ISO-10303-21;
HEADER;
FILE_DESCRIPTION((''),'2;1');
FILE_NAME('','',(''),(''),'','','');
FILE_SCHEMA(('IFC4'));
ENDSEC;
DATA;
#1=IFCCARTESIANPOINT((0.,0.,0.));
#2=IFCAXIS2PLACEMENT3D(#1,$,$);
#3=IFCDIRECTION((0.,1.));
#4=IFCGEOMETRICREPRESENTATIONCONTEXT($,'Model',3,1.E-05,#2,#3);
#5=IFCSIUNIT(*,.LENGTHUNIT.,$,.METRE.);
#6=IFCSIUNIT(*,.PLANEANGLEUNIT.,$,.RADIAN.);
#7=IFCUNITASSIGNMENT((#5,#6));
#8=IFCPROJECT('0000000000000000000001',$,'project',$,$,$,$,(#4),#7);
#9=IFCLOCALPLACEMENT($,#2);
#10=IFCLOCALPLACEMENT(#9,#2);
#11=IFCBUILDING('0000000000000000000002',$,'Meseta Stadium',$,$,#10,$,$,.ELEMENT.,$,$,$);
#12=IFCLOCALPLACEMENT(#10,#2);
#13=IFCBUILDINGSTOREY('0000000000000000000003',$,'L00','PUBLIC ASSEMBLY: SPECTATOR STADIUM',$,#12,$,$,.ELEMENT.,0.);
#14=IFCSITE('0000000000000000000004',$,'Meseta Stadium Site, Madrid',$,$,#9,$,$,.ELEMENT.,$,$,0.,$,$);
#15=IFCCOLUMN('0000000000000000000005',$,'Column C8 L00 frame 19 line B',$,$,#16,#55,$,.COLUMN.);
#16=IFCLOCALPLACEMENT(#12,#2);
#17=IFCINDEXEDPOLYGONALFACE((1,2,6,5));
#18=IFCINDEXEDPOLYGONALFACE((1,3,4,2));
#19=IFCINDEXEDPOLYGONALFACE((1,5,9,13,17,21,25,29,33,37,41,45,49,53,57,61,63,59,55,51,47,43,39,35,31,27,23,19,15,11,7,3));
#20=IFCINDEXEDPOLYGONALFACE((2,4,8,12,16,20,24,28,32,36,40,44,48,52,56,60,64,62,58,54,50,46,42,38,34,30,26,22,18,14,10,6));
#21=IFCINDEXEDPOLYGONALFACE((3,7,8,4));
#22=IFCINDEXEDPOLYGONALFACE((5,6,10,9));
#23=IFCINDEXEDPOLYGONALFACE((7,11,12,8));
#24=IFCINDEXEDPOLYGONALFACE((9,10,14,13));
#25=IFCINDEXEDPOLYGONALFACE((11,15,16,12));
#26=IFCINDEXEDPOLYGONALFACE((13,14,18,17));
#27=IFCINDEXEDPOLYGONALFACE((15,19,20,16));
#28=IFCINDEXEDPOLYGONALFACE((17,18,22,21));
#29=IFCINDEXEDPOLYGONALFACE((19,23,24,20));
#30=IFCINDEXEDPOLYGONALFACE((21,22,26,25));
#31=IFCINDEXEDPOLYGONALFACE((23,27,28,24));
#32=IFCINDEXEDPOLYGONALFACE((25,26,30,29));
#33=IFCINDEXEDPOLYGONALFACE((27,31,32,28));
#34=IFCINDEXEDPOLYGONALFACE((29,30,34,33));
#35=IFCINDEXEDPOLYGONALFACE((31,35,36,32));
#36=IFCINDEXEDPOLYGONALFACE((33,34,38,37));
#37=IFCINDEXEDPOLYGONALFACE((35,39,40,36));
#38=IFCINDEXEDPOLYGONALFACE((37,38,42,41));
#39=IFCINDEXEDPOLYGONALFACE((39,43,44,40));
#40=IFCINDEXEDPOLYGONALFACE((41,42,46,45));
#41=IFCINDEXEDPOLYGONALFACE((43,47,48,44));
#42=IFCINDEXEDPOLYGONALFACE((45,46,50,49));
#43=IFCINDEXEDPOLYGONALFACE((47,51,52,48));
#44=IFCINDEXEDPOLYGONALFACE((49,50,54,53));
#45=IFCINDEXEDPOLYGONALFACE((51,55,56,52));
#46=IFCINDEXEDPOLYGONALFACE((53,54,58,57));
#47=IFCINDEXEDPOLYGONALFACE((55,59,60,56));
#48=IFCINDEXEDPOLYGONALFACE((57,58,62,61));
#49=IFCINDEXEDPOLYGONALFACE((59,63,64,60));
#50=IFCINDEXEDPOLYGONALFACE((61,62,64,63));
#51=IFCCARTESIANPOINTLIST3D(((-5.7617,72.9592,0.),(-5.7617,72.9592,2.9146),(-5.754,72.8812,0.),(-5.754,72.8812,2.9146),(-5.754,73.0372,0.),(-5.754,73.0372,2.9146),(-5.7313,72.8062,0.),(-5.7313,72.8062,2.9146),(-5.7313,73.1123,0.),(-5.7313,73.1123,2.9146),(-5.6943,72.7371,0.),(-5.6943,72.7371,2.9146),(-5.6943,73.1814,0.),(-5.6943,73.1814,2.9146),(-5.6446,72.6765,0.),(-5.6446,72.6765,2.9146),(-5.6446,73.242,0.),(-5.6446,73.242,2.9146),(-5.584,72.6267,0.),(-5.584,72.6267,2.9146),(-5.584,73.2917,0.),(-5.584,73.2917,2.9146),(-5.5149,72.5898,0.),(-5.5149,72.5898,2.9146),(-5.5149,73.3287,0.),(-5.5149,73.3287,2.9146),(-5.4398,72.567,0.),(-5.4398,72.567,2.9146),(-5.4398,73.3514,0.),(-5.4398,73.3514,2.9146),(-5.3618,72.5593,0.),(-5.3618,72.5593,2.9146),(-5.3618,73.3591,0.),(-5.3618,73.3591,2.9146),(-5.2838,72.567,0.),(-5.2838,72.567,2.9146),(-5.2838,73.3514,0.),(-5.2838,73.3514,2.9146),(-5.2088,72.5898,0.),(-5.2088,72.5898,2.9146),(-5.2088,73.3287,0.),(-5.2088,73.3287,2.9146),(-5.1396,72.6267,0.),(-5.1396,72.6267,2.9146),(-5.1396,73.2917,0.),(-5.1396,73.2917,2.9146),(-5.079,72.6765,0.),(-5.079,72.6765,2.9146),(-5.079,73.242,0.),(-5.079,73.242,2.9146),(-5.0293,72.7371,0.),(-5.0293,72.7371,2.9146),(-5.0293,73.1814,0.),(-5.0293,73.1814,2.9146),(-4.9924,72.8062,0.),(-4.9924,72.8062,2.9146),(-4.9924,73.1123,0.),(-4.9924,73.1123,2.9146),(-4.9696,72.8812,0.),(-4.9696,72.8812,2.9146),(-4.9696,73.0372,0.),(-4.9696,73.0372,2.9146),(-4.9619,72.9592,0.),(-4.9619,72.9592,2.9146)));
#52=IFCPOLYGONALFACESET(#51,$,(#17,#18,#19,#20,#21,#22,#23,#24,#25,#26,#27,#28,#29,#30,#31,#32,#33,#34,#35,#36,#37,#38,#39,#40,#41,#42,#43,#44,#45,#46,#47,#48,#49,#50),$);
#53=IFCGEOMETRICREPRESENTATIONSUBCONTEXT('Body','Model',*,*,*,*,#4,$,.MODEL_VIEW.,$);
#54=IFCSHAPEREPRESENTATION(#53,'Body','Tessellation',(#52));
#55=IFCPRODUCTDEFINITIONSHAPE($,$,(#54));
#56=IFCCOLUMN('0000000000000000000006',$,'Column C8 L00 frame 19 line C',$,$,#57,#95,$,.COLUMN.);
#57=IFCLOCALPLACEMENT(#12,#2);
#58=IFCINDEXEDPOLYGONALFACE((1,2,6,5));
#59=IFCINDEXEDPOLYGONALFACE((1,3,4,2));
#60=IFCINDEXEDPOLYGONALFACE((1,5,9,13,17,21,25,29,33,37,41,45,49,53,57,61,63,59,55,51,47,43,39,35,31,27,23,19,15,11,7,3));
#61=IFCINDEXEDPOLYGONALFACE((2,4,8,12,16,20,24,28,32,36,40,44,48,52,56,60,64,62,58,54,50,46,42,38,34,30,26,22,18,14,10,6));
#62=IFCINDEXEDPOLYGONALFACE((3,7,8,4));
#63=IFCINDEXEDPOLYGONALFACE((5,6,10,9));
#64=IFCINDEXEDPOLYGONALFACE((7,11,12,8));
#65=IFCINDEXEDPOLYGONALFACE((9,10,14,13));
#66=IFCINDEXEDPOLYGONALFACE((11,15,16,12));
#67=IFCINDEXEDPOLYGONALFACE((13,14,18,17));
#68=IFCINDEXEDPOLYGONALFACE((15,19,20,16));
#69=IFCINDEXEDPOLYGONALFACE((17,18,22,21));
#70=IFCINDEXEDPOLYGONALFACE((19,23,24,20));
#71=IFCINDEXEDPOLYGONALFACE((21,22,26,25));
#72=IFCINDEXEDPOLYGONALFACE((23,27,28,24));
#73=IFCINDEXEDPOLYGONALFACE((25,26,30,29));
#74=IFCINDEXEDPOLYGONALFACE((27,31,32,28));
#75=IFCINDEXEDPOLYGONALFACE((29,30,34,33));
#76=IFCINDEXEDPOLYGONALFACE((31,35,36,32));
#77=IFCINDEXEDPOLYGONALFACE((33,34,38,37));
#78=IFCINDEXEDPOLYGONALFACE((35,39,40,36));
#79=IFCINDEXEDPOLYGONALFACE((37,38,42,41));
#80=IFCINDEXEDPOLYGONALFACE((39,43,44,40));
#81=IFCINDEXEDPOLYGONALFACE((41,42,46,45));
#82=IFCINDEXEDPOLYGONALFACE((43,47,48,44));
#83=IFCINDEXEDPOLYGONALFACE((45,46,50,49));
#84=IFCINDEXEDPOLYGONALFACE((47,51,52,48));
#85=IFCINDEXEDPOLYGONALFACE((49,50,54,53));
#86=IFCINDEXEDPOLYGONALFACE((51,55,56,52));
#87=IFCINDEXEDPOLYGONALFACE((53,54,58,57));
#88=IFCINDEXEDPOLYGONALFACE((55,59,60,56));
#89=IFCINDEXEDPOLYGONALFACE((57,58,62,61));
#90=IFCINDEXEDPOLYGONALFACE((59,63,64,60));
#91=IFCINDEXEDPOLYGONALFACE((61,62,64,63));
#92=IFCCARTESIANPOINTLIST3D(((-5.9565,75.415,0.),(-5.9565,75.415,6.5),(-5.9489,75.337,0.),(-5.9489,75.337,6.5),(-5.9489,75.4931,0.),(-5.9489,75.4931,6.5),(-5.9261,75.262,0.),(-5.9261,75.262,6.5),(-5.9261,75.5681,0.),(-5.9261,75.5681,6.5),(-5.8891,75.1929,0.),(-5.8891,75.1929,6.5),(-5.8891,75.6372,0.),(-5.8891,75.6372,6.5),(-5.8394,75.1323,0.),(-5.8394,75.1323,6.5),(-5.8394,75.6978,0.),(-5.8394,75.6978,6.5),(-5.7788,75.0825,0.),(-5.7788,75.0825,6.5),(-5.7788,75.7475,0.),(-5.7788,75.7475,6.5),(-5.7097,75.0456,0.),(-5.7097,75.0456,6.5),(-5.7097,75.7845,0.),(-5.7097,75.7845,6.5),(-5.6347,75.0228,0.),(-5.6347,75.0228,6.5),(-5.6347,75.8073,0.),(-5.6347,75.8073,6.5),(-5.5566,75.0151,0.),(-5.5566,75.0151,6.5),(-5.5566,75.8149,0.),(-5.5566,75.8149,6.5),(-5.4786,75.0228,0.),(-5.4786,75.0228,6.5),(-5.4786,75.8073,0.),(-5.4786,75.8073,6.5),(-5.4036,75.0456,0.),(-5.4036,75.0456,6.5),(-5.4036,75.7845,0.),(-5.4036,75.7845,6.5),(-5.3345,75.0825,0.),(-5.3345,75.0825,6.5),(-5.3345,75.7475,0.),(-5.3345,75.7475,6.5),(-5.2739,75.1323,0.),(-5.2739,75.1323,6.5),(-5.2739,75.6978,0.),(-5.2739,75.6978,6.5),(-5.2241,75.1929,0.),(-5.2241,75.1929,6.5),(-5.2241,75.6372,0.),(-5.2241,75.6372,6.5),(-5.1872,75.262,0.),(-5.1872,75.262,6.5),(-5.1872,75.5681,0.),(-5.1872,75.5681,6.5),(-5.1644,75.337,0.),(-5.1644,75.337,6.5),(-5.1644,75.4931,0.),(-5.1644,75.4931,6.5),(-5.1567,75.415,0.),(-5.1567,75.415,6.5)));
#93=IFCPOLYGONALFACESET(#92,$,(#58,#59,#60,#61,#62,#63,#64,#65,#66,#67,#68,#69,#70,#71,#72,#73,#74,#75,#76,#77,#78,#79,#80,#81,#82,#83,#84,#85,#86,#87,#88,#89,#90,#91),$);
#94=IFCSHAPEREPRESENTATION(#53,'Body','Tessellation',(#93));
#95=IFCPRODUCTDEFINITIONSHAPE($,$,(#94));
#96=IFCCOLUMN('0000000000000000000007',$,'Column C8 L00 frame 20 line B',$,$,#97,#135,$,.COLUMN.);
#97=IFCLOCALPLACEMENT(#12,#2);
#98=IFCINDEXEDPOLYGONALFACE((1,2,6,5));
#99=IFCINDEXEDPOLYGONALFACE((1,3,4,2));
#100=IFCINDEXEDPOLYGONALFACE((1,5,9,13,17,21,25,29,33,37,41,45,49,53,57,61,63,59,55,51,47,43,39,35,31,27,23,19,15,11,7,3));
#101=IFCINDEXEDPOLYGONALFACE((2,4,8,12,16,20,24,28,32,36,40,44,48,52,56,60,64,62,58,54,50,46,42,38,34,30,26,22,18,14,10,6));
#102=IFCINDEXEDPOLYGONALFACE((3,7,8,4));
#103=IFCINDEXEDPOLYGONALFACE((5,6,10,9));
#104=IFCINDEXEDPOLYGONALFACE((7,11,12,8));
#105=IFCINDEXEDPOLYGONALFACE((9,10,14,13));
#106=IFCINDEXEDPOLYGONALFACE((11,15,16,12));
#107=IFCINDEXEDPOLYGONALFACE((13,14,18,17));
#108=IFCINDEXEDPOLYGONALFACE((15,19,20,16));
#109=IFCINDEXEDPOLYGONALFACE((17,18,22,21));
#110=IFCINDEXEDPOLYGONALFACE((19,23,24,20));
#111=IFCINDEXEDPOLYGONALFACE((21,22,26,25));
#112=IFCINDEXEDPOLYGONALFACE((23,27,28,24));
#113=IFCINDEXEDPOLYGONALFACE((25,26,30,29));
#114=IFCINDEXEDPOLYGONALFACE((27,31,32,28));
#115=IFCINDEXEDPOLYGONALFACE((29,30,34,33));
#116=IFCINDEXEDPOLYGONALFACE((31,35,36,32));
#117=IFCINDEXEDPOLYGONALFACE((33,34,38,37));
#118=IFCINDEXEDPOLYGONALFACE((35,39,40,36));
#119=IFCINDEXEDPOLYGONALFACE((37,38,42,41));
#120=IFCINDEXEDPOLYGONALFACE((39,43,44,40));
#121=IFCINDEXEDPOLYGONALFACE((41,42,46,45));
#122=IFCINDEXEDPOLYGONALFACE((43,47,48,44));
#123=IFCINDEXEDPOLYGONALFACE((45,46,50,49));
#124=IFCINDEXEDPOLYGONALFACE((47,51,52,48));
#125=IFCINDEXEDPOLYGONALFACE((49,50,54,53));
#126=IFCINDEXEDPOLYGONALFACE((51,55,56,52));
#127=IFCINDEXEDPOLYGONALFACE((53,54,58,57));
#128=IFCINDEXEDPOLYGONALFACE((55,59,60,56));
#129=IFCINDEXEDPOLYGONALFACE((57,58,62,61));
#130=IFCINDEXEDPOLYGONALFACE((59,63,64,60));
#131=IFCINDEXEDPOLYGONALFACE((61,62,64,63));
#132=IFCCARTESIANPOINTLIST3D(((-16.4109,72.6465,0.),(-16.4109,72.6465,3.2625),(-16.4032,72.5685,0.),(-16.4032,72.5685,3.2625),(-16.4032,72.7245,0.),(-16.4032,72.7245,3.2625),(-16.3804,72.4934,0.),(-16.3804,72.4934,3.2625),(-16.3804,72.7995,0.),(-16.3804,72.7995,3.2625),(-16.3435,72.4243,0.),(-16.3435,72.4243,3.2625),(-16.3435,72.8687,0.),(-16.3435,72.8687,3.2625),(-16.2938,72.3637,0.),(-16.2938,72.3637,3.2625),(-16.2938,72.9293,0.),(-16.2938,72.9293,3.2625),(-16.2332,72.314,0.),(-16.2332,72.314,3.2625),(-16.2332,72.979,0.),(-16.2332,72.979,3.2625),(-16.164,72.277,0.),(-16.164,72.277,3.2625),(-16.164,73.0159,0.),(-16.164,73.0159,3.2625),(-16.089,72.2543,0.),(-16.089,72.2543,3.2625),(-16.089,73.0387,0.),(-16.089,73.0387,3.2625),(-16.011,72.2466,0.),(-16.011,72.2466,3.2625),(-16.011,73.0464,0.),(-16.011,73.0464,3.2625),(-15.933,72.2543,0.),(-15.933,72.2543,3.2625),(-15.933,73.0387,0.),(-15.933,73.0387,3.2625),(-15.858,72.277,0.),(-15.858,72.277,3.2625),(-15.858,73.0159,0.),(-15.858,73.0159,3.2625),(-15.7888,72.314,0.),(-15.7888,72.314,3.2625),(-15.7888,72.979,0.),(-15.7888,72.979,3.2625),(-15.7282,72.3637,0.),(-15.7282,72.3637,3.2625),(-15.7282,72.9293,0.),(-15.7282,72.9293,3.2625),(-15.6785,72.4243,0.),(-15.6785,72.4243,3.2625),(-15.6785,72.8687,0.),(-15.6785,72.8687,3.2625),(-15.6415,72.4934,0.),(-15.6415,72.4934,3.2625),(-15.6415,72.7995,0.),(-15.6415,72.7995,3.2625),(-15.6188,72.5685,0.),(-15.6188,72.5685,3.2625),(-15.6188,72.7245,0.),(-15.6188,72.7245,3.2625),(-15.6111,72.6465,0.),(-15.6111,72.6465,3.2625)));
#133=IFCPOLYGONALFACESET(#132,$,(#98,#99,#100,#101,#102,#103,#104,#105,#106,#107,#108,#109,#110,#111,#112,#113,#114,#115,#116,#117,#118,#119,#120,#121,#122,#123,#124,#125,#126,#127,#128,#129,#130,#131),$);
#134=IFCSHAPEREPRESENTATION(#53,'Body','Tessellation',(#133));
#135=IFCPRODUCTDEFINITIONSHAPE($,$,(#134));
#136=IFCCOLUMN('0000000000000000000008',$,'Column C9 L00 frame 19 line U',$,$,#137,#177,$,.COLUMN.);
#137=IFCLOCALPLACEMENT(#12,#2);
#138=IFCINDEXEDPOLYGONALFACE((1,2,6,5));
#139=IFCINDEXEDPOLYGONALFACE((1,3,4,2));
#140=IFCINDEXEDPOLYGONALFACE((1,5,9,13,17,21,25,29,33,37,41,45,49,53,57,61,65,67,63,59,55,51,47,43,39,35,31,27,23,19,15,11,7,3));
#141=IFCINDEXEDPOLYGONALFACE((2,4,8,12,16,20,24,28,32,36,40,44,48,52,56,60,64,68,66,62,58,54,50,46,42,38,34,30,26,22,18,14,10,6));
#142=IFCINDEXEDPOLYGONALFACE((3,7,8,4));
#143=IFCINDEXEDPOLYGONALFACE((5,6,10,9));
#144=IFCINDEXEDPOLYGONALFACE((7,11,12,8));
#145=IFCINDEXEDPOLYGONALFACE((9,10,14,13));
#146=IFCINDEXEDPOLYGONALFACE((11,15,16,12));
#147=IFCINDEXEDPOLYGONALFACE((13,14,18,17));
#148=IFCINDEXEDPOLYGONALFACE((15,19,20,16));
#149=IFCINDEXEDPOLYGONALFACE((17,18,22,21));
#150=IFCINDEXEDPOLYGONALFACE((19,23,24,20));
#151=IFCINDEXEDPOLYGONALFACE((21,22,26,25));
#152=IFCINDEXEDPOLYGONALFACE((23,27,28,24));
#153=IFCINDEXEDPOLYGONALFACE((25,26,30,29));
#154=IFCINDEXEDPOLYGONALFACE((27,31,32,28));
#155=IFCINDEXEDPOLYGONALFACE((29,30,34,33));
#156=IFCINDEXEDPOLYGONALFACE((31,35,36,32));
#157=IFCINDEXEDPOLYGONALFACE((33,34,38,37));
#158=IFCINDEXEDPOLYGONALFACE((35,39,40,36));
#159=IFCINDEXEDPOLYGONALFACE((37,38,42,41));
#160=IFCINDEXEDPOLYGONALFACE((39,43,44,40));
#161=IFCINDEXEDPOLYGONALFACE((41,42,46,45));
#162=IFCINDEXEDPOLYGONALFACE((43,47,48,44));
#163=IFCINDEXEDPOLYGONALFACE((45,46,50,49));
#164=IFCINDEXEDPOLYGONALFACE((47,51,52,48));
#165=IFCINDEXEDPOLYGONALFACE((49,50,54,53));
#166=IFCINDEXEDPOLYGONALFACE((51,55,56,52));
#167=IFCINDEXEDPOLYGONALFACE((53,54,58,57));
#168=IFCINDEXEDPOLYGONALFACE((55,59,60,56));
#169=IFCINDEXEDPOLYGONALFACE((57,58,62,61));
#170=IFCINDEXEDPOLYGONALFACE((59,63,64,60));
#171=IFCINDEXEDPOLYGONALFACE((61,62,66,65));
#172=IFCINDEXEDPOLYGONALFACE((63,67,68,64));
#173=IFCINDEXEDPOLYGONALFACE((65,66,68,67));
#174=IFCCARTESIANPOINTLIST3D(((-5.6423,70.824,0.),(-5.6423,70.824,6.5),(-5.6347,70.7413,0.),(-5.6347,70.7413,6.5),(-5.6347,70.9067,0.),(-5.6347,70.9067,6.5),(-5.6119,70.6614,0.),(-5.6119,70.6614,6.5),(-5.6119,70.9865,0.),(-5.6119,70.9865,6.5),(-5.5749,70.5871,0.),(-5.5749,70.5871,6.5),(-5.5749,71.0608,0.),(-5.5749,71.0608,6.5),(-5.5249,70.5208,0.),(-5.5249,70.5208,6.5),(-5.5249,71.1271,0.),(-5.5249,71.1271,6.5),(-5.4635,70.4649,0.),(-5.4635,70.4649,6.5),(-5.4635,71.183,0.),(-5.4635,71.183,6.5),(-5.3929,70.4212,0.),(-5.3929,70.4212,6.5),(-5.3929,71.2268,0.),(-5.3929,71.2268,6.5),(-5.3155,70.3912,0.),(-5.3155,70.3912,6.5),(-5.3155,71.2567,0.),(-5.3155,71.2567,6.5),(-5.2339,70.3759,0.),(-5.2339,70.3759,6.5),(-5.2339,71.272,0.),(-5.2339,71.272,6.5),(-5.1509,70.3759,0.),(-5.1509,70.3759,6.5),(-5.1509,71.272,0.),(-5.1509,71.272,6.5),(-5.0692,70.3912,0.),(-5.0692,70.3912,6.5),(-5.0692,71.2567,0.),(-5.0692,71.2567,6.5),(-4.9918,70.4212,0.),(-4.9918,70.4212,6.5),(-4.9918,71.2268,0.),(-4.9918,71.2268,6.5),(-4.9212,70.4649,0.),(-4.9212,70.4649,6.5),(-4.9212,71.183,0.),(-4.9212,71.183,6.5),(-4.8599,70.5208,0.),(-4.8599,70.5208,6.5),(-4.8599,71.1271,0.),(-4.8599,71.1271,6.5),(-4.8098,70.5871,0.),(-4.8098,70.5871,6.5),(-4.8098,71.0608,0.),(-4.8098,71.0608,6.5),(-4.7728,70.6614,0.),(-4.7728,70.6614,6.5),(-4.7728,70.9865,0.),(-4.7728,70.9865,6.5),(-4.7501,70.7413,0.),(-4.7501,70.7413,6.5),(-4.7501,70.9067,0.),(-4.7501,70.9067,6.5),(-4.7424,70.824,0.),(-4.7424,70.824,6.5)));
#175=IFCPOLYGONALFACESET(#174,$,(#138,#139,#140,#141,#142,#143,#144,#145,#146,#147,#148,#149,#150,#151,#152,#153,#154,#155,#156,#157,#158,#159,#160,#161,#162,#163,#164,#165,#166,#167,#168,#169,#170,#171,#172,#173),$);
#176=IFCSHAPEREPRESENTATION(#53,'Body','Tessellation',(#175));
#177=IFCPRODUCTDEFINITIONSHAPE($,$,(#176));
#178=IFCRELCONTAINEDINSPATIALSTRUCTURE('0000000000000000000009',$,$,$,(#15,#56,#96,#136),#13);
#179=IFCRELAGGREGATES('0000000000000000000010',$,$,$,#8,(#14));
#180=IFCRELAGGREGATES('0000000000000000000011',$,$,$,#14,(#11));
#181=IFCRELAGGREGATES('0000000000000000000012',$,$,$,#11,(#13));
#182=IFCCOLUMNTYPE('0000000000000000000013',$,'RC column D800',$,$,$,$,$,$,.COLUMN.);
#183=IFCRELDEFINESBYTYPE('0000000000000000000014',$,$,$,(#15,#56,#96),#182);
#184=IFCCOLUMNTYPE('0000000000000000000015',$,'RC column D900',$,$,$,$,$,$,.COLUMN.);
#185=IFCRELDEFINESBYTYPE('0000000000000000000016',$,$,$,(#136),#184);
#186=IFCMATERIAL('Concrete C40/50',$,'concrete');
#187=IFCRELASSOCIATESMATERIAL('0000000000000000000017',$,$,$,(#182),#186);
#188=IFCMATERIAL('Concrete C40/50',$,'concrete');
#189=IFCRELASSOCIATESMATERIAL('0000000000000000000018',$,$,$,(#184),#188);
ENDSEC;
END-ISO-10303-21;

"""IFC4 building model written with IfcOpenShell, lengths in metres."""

from ifc_helpers import new_model, si_unit, direction, frame, origin, origin_2d, place, context, subcontext, project, spatial, circle, extrude, material, material_profile, profile_set, type_object, element, save


model = new_model("IFC4")

# Units and contexts
model_context = context("Model", 3, precision=1e-05, world=origin(), true_north=direction((0.0, 1.0)))
body_context = subcontext(model_context, "Body", "Model", "MODEL_VIEW")
ifc_project = project(units=[si_unit("LENGTHUNIT", "METRE"), si_unit("PLANEANGLEUNIT", "RADIAN")], contexts=[model_context])

# Site, building, storey
site_placement = place(None, origin())
site = spatial("IfcSite", under=ifc_project, at=site_placement, Name="Meseta Stadium Site, Madrid", CompositionType="ELEMENT", RefElevation=0.0)
building_placement = place(site_placement, origin())
building = spatial("IfcBuilding", under=site, at=building_placement, Name="Meseta Stadium", CompositionType="ELEMENT")
storey_placement = place(building_placement, origin())
storey = spatial("IfcBuildingStorey", under=building, at=storey_placement, Name="L00", Description="PUBLIC ASSEMBLY: SPECTATOR STADIUM", CompositionType="ELEMENT", Elevation=0.0)

# Columns
ifc_material_1 = material(Name="Concrete C40/50", Category="concrete")
ifc_material_profile_1 = material_profile(ifc_material_1, circle(Radius=0.3999, at=origin_2d()), Name="RC D800")
ifc_profile_set_1 = profile_set([ifc_material_profile_1], Name="Concrete C40/50")
column_type_1 = type_object("IfcColumnType", Name="RC column D800", PredefinedType="COLUMN", material=ifc_profile_set_1)
column_1_placement = place(storey_placement, frame((-5.3618, 72.9592, 0.0), z_axis=(0.0, 0.0, 1.0), x_axis=(1.0, 0.0, 0.0)))
element("IfcColumn", 1, at=column_1_placement, inside=storey, type_object=column_type_1, Name="Column C8 L00 frame 19 line B", PredefinedType="COLUMN", context=body_context, shape_type="SweptSolid", body=[
    extrude(circle(Radius=0.3999, at=origin_2d()), origin(), (0.0, 0.0, 1.0), 2.9146),
])
column_2_placement = place(storey_placement, frame((-5.5566, 75.415, 0.0), z_axis=(0.0, 0.0, 1.0), x_axis=(1.0, 0.0, 0.0)))
element("IfcColumn", 2, at=column_2_placement, inside=storey, type_object=column_type_1, Name="Column C8 L00 frame 19 line C", PredefinedType="COLUMN", context=body_context, shape_type="SweptSolid", body=[
    extrude(circle(Radius=0.3999, at=origin_2d()), origin(), (0.0, 0.0, 1.0), 6.5),
])
column_3_placement = place(storey_placement, frame((-16.011, 72.6465, 0.0), z_axis=(0.0, 0.0, 1.0), x_axis=(1.0, 0.0, 0.0)))
element("IfcColumn", 3, at=column_3_placement, inside=storey, type_object=column_type_1, Name="Column C8 L00 frame 20 line B", PredefinedType="COLUMN", context=body_context, shape_type="SweptSolid", body=[
    extrude(circle(Radius=0.3999, at=origin_2d()), origin(), (0.0, 0.0, 1.0), 3.2625),
])
ifc_material_2 = material(Name="Concrete C40/50", Category="concrete")
ifc_material_profile_2 = material_profile(ifc_material_2, circle(Radius=0.45, at=origin_2d()), Name="RC D900")
ifc_profile_set_2 = profile_set([ifc_material_profile_2], Name="Concrete C40/50")
column_type_2 = type_object("IfcColumnType", Name="RC column D900", PredefinedType="COLUMN", material=ifc_profile_set_2)
for number, where, z_axis, x_axis, name in (
    (4, (-5.1924, 70.824, 0.0), (0.0, 0.0, 1.0), (1.0, 0.0, 0.0), "Column C9 L00 frame 19 line U"),
):
    element("IfcColumn", number, at=place(storey_placement, frame(where, z_axis=z_axis, x_axis=x_axis)), inside=storey, type_object=column_type_2, Name=name, PredefinedType="COLUMN", context=body_context, shape_type="SweptSolid", body=[
        extrude(circle(Radius=0.45, at=origin_2d()), origin(), (0.0, 0.0, 1.0), 6.5),
    ])

save(model, "model.ifc")
